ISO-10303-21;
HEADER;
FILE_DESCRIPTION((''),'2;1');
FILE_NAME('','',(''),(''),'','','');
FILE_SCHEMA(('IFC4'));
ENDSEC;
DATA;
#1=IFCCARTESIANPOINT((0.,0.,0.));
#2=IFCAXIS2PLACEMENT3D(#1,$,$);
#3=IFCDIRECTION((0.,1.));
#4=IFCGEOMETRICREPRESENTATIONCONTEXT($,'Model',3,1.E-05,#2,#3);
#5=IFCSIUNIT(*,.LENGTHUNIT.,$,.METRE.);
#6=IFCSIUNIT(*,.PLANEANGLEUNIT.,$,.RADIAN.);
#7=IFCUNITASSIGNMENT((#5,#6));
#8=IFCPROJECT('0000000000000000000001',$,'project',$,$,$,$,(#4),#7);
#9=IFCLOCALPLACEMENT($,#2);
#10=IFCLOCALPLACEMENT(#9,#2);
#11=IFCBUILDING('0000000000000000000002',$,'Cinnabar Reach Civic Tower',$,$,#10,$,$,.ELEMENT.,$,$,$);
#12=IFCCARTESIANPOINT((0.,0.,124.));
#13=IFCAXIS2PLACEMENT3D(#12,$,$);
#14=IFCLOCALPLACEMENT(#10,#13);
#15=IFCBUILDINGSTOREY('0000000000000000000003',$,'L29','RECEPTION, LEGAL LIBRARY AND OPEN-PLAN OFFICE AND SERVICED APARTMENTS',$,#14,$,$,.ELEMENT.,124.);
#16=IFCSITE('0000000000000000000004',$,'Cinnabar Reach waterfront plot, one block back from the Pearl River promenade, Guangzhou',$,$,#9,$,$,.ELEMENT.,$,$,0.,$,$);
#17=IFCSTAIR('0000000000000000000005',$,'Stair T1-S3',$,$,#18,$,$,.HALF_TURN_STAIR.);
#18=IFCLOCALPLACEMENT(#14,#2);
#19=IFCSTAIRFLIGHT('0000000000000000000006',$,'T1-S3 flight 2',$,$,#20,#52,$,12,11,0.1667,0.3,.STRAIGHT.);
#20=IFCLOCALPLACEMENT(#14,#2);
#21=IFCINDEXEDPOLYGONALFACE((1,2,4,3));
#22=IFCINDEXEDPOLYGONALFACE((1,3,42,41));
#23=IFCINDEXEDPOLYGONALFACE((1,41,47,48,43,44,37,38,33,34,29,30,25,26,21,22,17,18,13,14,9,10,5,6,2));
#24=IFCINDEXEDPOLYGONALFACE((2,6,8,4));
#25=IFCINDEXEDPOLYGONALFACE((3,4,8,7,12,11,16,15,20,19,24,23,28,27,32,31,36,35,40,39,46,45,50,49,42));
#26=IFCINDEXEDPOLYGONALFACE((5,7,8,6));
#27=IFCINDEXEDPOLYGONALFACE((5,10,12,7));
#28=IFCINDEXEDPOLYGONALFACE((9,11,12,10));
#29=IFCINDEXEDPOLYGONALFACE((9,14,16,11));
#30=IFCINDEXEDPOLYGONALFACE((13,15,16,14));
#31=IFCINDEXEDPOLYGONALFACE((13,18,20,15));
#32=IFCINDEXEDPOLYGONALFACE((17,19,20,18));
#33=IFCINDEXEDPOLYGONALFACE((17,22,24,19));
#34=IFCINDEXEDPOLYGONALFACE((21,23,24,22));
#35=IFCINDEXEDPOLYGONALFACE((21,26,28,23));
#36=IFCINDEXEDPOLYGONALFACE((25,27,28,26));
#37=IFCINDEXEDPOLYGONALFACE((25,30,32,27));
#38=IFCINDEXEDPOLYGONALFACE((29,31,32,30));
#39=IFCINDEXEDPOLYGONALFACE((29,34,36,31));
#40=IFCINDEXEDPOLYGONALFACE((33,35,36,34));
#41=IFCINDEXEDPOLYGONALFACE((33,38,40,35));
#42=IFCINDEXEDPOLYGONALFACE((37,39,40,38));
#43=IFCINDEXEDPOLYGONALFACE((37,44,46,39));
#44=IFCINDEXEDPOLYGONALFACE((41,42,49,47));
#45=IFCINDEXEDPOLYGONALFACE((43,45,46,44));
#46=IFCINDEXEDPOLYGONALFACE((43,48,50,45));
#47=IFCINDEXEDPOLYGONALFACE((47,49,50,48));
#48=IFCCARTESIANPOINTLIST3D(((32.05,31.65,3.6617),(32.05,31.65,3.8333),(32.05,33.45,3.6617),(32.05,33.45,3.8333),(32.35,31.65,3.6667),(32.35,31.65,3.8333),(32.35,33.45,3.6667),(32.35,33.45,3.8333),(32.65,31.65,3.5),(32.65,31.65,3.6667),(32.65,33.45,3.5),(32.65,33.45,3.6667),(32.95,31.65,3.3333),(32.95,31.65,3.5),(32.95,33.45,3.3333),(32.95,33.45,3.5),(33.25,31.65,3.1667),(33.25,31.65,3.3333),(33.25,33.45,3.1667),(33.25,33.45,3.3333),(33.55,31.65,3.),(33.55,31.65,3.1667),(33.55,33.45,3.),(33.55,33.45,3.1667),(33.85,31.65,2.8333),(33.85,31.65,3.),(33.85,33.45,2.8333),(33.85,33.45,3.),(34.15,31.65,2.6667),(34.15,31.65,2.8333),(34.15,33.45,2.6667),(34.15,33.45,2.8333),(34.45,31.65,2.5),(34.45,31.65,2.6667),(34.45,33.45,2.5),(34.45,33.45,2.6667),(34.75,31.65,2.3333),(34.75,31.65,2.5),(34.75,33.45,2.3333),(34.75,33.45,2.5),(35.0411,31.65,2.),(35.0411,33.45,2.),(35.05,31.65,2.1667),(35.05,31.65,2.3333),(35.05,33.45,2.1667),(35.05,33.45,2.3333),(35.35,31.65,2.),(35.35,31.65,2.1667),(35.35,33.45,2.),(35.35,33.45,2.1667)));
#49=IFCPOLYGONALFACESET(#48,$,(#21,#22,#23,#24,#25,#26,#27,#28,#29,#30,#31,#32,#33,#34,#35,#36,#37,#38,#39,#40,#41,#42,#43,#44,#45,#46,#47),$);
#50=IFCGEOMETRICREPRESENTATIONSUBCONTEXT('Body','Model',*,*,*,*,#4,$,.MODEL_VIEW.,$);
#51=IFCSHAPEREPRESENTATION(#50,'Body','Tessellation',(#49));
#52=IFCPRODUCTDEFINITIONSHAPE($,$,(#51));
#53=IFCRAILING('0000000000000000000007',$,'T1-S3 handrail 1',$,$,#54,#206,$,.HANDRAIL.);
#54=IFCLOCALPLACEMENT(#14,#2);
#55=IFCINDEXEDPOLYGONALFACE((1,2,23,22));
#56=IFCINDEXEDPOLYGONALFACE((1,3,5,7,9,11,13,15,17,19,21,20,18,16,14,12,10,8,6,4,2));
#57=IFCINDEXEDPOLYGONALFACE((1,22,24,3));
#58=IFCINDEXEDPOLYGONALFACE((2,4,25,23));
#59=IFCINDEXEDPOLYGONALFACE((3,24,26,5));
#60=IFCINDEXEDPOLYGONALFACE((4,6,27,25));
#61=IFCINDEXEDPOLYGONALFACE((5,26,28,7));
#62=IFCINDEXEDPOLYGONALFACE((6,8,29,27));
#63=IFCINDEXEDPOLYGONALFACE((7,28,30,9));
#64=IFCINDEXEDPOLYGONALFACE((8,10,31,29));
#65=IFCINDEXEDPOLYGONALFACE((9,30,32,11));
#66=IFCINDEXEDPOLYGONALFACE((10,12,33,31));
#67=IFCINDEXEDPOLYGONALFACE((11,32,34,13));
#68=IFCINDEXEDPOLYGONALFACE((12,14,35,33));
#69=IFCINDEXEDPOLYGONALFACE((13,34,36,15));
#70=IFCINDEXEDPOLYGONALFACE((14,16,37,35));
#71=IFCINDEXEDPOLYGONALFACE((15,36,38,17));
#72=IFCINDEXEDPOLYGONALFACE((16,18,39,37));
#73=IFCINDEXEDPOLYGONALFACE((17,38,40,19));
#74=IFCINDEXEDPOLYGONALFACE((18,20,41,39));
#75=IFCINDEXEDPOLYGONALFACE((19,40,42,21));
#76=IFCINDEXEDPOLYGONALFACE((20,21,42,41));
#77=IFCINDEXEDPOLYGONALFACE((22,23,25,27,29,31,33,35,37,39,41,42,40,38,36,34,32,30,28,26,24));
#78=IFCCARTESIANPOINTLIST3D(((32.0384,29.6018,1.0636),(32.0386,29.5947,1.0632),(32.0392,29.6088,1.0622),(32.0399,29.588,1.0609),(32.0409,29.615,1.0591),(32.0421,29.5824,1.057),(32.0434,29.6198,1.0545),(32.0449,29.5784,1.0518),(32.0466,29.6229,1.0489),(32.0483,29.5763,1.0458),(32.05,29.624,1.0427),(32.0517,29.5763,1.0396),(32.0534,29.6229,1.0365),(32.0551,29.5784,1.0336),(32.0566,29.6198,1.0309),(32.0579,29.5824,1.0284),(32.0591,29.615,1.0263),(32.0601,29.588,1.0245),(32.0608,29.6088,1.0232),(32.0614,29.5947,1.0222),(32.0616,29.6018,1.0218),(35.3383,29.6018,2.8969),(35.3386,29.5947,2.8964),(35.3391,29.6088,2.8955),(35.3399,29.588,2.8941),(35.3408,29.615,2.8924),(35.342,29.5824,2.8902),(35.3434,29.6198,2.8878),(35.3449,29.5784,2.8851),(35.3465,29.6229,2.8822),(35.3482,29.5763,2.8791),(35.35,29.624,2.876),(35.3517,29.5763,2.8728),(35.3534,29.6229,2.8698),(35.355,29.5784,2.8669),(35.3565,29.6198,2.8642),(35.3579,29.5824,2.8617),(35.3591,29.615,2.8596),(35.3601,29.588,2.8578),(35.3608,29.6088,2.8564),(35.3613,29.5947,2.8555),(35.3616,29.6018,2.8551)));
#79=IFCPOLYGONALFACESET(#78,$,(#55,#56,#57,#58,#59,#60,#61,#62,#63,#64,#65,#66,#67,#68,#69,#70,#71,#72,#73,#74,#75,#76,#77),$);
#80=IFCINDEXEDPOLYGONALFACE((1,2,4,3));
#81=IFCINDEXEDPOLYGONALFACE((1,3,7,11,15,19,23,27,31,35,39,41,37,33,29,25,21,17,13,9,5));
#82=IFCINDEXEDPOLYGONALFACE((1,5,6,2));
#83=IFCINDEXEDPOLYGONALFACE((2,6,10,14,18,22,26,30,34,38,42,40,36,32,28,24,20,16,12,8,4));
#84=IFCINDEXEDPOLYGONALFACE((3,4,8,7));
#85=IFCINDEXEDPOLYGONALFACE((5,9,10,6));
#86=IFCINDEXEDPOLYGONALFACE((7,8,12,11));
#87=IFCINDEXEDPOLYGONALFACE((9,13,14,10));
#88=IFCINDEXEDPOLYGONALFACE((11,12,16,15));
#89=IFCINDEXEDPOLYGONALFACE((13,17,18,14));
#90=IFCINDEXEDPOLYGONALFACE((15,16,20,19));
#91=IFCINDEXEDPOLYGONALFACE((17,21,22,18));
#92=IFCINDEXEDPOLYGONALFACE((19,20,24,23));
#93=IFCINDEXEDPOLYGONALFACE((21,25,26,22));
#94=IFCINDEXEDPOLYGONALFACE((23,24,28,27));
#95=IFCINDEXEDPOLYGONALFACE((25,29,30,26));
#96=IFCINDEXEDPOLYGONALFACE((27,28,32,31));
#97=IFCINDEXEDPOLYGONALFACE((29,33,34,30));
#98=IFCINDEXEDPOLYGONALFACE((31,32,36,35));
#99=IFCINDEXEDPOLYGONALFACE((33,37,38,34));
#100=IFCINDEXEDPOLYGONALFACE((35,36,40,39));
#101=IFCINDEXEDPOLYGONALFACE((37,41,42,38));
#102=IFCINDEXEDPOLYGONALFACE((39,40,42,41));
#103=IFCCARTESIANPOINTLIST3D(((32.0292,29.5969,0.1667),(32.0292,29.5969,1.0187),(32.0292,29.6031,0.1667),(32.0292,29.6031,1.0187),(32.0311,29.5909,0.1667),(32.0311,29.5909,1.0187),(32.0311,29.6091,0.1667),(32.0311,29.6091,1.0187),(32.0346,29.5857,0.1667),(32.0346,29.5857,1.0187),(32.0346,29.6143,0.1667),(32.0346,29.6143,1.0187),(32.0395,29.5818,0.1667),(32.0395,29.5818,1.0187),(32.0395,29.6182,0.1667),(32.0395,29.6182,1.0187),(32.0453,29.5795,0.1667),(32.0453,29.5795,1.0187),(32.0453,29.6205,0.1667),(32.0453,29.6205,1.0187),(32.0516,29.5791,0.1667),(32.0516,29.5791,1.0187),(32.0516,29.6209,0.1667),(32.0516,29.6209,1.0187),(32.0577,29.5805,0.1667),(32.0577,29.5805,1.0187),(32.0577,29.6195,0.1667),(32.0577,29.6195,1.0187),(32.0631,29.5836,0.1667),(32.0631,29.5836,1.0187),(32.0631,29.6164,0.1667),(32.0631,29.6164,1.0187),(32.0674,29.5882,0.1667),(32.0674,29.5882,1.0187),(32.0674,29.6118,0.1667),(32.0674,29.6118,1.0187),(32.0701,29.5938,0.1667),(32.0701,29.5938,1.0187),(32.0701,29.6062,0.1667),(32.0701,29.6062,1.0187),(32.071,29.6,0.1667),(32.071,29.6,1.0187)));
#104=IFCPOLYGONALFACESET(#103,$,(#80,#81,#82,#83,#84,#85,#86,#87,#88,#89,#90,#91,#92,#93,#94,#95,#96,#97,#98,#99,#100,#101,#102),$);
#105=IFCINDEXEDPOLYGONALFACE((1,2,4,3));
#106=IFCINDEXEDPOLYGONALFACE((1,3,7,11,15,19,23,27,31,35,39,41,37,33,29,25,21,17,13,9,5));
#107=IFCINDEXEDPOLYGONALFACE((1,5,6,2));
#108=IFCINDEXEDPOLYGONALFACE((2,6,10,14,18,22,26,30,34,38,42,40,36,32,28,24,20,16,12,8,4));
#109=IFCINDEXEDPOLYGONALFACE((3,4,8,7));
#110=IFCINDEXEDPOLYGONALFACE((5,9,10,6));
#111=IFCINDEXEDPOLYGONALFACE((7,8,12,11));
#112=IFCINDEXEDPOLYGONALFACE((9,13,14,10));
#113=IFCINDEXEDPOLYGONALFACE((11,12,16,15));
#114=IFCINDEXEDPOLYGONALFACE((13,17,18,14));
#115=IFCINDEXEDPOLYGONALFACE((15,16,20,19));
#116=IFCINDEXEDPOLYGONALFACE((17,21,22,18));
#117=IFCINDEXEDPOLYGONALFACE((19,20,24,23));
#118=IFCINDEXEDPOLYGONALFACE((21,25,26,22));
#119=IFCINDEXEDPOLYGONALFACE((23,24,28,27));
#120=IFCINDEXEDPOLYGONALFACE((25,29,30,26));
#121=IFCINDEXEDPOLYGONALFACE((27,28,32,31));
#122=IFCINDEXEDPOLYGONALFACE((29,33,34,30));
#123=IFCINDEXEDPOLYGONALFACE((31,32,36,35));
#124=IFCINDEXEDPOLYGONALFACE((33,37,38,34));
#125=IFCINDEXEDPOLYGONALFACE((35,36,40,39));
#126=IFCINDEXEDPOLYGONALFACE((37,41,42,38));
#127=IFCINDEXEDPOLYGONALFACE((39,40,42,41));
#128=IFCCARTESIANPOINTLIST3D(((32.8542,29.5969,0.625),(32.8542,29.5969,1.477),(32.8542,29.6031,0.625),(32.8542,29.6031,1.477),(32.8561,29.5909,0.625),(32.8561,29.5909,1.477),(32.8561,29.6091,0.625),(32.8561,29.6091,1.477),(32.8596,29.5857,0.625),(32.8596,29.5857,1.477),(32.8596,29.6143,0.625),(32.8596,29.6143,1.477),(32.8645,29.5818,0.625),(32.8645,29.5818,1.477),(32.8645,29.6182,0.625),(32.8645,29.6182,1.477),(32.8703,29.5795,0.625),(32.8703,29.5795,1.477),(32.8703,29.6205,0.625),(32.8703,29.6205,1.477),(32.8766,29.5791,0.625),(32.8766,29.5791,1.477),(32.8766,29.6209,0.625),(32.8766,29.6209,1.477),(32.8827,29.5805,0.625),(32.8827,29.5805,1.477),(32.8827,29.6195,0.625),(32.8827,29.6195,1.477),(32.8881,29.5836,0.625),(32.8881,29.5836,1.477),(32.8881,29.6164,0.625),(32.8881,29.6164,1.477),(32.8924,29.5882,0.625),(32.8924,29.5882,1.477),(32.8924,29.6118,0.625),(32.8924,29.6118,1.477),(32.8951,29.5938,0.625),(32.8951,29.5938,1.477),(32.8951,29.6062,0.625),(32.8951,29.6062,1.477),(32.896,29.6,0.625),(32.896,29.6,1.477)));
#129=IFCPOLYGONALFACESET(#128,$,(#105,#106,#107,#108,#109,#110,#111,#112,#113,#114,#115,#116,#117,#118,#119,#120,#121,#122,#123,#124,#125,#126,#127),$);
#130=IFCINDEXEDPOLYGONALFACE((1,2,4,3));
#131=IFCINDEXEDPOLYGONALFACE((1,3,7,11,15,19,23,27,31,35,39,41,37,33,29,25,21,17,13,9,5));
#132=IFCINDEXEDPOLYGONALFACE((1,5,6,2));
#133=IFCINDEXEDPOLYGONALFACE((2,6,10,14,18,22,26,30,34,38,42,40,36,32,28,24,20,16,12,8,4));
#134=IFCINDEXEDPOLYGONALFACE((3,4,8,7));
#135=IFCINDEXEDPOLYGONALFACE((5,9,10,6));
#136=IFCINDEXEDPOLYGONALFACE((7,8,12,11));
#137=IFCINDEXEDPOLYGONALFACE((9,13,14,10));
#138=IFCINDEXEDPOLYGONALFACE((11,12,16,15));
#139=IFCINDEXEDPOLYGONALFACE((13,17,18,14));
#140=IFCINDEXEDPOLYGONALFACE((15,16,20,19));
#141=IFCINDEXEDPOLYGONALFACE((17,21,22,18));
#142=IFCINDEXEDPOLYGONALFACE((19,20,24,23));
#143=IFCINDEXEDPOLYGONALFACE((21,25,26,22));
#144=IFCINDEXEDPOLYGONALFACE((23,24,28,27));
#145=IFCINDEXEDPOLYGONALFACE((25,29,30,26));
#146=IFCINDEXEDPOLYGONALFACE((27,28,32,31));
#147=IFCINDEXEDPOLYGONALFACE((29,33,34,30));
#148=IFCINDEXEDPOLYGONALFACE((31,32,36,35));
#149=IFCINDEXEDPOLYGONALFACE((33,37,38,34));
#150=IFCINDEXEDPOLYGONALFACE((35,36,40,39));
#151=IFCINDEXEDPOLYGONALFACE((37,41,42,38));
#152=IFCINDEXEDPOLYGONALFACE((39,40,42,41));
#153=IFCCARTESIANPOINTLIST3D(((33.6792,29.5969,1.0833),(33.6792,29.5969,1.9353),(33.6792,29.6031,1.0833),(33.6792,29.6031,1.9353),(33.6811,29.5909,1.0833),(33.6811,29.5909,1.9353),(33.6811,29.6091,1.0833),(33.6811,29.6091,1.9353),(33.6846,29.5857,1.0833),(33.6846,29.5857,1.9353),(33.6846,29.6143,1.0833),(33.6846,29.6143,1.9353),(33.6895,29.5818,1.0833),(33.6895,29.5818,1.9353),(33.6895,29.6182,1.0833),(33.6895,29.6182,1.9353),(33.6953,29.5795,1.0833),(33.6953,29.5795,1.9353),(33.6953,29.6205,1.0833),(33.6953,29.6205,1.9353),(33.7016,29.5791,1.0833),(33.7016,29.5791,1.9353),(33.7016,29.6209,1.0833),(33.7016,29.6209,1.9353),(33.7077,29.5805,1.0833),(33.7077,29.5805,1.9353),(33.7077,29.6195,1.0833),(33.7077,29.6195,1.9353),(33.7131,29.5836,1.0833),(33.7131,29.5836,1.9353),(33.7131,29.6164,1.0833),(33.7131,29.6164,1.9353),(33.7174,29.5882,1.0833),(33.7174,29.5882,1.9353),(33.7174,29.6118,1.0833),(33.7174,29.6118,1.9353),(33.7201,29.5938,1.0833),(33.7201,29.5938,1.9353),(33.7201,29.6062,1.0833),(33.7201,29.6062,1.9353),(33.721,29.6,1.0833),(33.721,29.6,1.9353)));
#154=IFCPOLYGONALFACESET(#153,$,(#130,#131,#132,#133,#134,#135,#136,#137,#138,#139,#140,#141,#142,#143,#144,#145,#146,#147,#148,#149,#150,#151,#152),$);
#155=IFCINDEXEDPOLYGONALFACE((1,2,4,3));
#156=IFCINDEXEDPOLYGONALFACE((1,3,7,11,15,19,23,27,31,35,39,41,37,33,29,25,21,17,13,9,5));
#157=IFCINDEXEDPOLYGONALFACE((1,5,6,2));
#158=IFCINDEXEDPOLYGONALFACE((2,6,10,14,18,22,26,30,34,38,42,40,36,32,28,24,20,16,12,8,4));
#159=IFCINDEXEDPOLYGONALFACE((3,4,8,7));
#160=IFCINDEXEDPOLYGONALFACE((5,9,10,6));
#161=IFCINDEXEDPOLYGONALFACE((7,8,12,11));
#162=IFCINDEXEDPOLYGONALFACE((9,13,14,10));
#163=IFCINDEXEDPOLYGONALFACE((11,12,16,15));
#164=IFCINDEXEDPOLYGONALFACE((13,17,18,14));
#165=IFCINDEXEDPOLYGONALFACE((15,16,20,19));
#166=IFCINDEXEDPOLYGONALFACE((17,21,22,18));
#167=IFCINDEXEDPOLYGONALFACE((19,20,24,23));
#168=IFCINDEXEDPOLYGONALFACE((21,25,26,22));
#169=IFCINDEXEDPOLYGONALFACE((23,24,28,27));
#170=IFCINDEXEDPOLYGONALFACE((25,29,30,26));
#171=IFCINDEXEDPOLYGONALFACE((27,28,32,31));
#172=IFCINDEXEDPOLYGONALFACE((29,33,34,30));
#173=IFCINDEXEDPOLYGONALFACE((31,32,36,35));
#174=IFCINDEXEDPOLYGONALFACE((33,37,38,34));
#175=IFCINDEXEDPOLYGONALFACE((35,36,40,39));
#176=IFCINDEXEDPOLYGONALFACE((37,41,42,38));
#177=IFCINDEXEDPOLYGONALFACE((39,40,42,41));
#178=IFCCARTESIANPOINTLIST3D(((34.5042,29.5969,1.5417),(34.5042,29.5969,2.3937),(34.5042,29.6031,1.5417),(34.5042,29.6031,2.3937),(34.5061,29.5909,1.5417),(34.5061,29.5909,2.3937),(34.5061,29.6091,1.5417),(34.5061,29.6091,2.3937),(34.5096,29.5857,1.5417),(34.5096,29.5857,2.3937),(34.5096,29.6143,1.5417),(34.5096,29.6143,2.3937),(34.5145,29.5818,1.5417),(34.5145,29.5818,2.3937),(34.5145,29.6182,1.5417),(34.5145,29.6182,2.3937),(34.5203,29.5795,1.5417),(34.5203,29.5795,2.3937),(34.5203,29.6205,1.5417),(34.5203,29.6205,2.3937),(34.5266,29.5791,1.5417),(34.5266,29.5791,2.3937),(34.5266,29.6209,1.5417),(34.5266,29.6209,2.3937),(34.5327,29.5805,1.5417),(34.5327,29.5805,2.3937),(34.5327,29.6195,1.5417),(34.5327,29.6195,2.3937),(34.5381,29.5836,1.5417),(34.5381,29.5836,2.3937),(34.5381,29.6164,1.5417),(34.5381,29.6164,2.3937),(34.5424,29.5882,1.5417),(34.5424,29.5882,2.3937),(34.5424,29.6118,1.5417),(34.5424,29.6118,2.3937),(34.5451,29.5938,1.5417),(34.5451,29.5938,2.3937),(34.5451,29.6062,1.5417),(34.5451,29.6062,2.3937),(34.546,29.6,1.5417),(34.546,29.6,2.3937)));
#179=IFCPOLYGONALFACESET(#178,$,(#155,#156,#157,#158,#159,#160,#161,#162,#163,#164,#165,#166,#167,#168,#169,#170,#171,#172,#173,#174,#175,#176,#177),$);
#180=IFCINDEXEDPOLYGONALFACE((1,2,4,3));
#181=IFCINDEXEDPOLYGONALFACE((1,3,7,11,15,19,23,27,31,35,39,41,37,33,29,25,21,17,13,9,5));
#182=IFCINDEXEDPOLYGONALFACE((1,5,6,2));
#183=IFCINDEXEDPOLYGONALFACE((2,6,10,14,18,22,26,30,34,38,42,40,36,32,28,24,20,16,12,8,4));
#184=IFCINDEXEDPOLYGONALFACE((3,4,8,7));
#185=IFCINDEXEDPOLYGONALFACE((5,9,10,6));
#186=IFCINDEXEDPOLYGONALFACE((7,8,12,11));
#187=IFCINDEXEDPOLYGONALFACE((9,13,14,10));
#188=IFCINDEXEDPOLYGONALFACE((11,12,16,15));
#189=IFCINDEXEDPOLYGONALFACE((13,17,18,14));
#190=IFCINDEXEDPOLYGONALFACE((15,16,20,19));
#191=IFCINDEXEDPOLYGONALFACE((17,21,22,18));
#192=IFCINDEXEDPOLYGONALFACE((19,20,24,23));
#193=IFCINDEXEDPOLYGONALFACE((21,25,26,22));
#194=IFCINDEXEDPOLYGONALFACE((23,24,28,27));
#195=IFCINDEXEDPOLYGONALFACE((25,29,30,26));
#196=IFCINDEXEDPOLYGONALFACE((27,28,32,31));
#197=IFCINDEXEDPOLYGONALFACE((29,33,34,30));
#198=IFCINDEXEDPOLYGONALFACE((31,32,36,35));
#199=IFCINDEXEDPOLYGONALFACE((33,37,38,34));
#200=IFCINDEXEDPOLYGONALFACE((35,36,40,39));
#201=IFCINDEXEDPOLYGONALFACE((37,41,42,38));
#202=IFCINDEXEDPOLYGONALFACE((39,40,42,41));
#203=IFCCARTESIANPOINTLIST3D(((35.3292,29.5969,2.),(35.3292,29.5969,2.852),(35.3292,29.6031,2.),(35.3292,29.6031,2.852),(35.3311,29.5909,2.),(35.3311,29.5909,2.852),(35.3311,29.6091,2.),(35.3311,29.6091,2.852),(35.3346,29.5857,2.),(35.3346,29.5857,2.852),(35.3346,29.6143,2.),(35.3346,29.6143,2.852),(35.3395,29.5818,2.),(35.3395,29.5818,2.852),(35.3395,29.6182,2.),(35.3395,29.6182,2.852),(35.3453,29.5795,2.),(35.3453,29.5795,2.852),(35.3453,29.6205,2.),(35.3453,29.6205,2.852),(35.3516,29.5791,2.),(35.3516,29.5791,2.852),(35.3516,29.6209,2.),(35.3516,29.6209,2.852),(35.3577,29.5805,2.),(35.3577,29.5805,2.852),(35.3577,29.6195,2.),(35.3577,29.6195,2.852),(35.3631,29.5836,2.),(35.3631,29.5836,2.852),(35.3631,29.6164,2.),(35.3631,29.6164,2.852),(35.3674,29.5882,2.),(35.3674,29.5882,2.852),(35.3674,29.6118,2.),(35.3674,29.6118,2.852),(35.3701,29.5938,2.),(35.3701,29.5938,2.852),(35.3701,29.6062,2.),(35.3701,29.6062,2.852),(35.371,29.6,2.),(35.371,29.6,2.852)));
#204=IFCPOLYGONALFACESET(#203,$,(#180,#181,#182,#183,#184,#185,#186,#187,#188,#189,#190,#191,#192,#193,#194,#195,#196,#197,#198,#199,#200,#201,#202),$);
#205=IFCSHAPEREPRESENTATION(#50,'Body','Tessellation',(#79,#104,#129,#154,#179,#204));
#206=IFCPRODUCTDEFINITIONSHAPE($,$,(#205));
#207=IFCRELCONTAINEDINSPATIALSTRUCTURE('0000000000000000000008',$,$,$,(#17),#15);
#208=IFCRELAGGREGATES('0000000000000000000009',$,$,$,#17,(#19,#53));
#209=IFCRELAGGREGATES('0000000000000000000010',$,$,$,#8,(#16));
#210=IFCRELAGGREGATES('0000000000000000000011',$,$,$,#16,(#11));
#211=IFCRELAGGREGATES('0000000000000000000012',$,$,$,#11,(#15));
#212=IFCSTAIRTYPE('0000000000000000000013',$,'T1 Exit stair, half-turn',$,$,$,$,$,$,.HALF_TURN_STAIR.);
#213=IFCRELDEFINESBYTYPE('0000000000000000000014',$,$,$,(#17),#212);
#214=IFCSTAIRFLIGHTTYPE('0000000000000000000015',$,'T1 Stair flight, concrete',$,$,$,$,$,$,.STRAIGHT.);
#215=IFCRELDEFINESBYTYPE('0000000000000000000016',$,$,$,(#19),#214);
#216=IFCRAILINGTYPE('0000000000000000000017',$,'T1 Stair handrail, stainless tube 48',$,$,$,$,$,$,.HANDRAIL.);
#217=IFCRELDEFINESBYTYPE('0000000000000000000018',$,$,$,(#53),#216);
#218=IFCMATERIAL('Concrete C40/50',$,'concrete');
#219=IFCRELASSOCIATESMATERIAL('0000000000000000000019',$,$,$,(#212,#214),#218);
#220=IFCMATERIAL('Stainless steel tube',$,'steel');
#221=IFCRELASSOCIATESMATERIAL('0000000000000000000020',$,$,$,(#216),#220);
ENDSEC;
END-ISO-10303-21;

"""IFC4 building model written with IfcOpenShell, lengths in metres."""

from ifc_helpers import new_model, si_unit, direction, frame, origin, origin_2d, place, context, subcontext, project, spatial, polyline, circle, outline, extrude, material, type_object, element, aggregate, save


model = new_model("IFC4")

# Units and contexts
model_context = context("Model", 3, precision=1e-05, world=origin(), true_north=direction((0.0, 1.0)))
body_context = subcontext(model_context, "Body", "Model", "MODEL_VIEW")
ifc_project = project(units=[si_unit("LENGTHUNIT", "METRE"), si_unit("PLANEANGLEUNIT", "RADIAN")], contexts=[model_context])

# Site, building, storey
site_placement = place(None, origin())
site = spatial("IfcSite", under=ifc_project, at=site_placement, Name="Cinnabar Reach waterfront plot, one block back from the Pearl River promenade, Guangzhou", CompositionType="ELEMENT", RefElevation=0.0)
building_placement = place(site_placement, origin())
building = spatial("IfcBuilding", under=site, at=building_placement, Name="Cinnabar Reach Civic Tower", CompositionType="ELEMENT")
storey_placement = place(building_placement, frame((0.0, 0.0, 124.0)))
storey = spatial("IfcBuildingStorey", under=building, at=storey_placement, Name="L29", Description="RECEPTION, LEGAL LIBRARY AND OPEN-PLAN OFFICE AND SERVICED APARTMENTS", CompositionType="ELEMENT", Elevation=124.0)

# Stair, stair flight, railing
ifc_material_1 = material(Name="Concrete C40/50", Category="concrete")
stair_type = type_object("IfcStairType", Name="T1 Exit stair, half-turn", PredefinedType="HALF_TURN_STAIR", material=ifc_material_1)
stair_placement = place(storey_placement, origin())
stair = element("IfcStair", 1, at=stair_placement, inside=storey, type_object=stair_type, Name="Stair T1-S3", PredefinedType="HALF_TURN_STAIR")
stair_flight_type = type_object("IfcStairFlightType", Name="T1 Stair flight, concrete", PredefinedType="STRAIGHT", material=ifc_material_1)
stair_flight_1_placement = place(storey_placement, frame((35.35, 32.55, 2.0), z_axis=(0.0, 0.0, 1.0), x_axis=(-1.0, 0.0, 0.0)))
stair_flight_1 = element("IfcStairFlight", 2, at=stair_flight_1_placement, type_object=stair_flight_type, Name="T1-S3 flight 2", NumberOfRisers=12, NumberOfTreads=11, PredefinedType="STRAIGHT", RiserHeight=0.1667, TreadLength=0.3, context=body_context, shape_type="SweptSolid", body=[
    extrude(outline(polyline([(0.0, 0.0), (0.0, 0.1667), (0.3, 0.1667), (0.3, 0.3333), (0.6, 0.3333), (0.6, 0.5), (0.9, 0.5), (0.9, 0.6667), (1.2, 0.6667), (1.2, 0.8333), (1.5, 0.8333), (1.5, 1.0), (1.8, 1.0), (1.8, 1.1667), (2.1, 1.1667), (2.1, 1.3333), (2.4, 1.3333), (2.4, 1.5), (2.7, 1.5), (2.7, 1.6667), (3.0, 1.6667), (3.0, 1.8333), (3.3, 1.8333), (3.3, 2.0), (3.3, 1.6617), (0.3089, 0.0), (0.0, 0.0)])), frame((0.0, 0.9, 0.0), z_axis=(0.0, -1.0, 0.0), x_axis=(1.0, 0.0, 0.0)), (0.0, 0.0, 1.0), 1.8),
])
ifc_material_2 = material(Name="Stainless steel tube", Category="steel")
railing_type = type_object("IfcRailingType", Name="T1 Stair handrail, stainless tube 48", PredefinedType="HANDRAIL", material=ifc_material_2)
railing_1_placement = place(storey_placement, frame((32.05, 29.6, 0.1667)))
railing_1 = element("IfcRailing", 3, at=railing_1_placement, type_object=railing_type, Name="T1-S3 handrail 1", PredefinedType="HANDRAIL", context=body_context, shape_type="SweptSolid", body=[
    extrude(circle(Radius=0.024, at=origin_2d()), frame((0.0, 0.0, 0.876), z_axis=(0.874161, 0.0, 0.485636), x_axis=(0.0, 1.0, 0.0)), (0.0, 0.0, 1.0), 3.775),
    extrude(circle(Radius=0.021, at=origin_2d()), origin(), (0.0, 0.0, 1.0), 0.852),
    extrude(circle(Radius=0.021, at=origin_2d()), frame((0.825, 0.0, 0.4583)), (0.0, 0.0, 1.0), 0.852),
    extrude(circle(Radius=0.021, at=origin_2d()), frame((1.65, 0.0, 0.9166)), (0.0, 0.0, 1.0), 0.852),
    extrude(circle(Radius=0.021, at=origin_2d()), frame((2.475, 0.0, 1.375)), (0.0, 0.0, 1.0), 0.852),
    extrude(circle(Radius=0.021, at=origin_2d()), frame((3.3, 0.0, 1.8333)), (0.0, 0.0, 1.0), 0.852),
])
aggregate(stair, [stair_flight_1, railing_1])

save(model, "model.ifc")
